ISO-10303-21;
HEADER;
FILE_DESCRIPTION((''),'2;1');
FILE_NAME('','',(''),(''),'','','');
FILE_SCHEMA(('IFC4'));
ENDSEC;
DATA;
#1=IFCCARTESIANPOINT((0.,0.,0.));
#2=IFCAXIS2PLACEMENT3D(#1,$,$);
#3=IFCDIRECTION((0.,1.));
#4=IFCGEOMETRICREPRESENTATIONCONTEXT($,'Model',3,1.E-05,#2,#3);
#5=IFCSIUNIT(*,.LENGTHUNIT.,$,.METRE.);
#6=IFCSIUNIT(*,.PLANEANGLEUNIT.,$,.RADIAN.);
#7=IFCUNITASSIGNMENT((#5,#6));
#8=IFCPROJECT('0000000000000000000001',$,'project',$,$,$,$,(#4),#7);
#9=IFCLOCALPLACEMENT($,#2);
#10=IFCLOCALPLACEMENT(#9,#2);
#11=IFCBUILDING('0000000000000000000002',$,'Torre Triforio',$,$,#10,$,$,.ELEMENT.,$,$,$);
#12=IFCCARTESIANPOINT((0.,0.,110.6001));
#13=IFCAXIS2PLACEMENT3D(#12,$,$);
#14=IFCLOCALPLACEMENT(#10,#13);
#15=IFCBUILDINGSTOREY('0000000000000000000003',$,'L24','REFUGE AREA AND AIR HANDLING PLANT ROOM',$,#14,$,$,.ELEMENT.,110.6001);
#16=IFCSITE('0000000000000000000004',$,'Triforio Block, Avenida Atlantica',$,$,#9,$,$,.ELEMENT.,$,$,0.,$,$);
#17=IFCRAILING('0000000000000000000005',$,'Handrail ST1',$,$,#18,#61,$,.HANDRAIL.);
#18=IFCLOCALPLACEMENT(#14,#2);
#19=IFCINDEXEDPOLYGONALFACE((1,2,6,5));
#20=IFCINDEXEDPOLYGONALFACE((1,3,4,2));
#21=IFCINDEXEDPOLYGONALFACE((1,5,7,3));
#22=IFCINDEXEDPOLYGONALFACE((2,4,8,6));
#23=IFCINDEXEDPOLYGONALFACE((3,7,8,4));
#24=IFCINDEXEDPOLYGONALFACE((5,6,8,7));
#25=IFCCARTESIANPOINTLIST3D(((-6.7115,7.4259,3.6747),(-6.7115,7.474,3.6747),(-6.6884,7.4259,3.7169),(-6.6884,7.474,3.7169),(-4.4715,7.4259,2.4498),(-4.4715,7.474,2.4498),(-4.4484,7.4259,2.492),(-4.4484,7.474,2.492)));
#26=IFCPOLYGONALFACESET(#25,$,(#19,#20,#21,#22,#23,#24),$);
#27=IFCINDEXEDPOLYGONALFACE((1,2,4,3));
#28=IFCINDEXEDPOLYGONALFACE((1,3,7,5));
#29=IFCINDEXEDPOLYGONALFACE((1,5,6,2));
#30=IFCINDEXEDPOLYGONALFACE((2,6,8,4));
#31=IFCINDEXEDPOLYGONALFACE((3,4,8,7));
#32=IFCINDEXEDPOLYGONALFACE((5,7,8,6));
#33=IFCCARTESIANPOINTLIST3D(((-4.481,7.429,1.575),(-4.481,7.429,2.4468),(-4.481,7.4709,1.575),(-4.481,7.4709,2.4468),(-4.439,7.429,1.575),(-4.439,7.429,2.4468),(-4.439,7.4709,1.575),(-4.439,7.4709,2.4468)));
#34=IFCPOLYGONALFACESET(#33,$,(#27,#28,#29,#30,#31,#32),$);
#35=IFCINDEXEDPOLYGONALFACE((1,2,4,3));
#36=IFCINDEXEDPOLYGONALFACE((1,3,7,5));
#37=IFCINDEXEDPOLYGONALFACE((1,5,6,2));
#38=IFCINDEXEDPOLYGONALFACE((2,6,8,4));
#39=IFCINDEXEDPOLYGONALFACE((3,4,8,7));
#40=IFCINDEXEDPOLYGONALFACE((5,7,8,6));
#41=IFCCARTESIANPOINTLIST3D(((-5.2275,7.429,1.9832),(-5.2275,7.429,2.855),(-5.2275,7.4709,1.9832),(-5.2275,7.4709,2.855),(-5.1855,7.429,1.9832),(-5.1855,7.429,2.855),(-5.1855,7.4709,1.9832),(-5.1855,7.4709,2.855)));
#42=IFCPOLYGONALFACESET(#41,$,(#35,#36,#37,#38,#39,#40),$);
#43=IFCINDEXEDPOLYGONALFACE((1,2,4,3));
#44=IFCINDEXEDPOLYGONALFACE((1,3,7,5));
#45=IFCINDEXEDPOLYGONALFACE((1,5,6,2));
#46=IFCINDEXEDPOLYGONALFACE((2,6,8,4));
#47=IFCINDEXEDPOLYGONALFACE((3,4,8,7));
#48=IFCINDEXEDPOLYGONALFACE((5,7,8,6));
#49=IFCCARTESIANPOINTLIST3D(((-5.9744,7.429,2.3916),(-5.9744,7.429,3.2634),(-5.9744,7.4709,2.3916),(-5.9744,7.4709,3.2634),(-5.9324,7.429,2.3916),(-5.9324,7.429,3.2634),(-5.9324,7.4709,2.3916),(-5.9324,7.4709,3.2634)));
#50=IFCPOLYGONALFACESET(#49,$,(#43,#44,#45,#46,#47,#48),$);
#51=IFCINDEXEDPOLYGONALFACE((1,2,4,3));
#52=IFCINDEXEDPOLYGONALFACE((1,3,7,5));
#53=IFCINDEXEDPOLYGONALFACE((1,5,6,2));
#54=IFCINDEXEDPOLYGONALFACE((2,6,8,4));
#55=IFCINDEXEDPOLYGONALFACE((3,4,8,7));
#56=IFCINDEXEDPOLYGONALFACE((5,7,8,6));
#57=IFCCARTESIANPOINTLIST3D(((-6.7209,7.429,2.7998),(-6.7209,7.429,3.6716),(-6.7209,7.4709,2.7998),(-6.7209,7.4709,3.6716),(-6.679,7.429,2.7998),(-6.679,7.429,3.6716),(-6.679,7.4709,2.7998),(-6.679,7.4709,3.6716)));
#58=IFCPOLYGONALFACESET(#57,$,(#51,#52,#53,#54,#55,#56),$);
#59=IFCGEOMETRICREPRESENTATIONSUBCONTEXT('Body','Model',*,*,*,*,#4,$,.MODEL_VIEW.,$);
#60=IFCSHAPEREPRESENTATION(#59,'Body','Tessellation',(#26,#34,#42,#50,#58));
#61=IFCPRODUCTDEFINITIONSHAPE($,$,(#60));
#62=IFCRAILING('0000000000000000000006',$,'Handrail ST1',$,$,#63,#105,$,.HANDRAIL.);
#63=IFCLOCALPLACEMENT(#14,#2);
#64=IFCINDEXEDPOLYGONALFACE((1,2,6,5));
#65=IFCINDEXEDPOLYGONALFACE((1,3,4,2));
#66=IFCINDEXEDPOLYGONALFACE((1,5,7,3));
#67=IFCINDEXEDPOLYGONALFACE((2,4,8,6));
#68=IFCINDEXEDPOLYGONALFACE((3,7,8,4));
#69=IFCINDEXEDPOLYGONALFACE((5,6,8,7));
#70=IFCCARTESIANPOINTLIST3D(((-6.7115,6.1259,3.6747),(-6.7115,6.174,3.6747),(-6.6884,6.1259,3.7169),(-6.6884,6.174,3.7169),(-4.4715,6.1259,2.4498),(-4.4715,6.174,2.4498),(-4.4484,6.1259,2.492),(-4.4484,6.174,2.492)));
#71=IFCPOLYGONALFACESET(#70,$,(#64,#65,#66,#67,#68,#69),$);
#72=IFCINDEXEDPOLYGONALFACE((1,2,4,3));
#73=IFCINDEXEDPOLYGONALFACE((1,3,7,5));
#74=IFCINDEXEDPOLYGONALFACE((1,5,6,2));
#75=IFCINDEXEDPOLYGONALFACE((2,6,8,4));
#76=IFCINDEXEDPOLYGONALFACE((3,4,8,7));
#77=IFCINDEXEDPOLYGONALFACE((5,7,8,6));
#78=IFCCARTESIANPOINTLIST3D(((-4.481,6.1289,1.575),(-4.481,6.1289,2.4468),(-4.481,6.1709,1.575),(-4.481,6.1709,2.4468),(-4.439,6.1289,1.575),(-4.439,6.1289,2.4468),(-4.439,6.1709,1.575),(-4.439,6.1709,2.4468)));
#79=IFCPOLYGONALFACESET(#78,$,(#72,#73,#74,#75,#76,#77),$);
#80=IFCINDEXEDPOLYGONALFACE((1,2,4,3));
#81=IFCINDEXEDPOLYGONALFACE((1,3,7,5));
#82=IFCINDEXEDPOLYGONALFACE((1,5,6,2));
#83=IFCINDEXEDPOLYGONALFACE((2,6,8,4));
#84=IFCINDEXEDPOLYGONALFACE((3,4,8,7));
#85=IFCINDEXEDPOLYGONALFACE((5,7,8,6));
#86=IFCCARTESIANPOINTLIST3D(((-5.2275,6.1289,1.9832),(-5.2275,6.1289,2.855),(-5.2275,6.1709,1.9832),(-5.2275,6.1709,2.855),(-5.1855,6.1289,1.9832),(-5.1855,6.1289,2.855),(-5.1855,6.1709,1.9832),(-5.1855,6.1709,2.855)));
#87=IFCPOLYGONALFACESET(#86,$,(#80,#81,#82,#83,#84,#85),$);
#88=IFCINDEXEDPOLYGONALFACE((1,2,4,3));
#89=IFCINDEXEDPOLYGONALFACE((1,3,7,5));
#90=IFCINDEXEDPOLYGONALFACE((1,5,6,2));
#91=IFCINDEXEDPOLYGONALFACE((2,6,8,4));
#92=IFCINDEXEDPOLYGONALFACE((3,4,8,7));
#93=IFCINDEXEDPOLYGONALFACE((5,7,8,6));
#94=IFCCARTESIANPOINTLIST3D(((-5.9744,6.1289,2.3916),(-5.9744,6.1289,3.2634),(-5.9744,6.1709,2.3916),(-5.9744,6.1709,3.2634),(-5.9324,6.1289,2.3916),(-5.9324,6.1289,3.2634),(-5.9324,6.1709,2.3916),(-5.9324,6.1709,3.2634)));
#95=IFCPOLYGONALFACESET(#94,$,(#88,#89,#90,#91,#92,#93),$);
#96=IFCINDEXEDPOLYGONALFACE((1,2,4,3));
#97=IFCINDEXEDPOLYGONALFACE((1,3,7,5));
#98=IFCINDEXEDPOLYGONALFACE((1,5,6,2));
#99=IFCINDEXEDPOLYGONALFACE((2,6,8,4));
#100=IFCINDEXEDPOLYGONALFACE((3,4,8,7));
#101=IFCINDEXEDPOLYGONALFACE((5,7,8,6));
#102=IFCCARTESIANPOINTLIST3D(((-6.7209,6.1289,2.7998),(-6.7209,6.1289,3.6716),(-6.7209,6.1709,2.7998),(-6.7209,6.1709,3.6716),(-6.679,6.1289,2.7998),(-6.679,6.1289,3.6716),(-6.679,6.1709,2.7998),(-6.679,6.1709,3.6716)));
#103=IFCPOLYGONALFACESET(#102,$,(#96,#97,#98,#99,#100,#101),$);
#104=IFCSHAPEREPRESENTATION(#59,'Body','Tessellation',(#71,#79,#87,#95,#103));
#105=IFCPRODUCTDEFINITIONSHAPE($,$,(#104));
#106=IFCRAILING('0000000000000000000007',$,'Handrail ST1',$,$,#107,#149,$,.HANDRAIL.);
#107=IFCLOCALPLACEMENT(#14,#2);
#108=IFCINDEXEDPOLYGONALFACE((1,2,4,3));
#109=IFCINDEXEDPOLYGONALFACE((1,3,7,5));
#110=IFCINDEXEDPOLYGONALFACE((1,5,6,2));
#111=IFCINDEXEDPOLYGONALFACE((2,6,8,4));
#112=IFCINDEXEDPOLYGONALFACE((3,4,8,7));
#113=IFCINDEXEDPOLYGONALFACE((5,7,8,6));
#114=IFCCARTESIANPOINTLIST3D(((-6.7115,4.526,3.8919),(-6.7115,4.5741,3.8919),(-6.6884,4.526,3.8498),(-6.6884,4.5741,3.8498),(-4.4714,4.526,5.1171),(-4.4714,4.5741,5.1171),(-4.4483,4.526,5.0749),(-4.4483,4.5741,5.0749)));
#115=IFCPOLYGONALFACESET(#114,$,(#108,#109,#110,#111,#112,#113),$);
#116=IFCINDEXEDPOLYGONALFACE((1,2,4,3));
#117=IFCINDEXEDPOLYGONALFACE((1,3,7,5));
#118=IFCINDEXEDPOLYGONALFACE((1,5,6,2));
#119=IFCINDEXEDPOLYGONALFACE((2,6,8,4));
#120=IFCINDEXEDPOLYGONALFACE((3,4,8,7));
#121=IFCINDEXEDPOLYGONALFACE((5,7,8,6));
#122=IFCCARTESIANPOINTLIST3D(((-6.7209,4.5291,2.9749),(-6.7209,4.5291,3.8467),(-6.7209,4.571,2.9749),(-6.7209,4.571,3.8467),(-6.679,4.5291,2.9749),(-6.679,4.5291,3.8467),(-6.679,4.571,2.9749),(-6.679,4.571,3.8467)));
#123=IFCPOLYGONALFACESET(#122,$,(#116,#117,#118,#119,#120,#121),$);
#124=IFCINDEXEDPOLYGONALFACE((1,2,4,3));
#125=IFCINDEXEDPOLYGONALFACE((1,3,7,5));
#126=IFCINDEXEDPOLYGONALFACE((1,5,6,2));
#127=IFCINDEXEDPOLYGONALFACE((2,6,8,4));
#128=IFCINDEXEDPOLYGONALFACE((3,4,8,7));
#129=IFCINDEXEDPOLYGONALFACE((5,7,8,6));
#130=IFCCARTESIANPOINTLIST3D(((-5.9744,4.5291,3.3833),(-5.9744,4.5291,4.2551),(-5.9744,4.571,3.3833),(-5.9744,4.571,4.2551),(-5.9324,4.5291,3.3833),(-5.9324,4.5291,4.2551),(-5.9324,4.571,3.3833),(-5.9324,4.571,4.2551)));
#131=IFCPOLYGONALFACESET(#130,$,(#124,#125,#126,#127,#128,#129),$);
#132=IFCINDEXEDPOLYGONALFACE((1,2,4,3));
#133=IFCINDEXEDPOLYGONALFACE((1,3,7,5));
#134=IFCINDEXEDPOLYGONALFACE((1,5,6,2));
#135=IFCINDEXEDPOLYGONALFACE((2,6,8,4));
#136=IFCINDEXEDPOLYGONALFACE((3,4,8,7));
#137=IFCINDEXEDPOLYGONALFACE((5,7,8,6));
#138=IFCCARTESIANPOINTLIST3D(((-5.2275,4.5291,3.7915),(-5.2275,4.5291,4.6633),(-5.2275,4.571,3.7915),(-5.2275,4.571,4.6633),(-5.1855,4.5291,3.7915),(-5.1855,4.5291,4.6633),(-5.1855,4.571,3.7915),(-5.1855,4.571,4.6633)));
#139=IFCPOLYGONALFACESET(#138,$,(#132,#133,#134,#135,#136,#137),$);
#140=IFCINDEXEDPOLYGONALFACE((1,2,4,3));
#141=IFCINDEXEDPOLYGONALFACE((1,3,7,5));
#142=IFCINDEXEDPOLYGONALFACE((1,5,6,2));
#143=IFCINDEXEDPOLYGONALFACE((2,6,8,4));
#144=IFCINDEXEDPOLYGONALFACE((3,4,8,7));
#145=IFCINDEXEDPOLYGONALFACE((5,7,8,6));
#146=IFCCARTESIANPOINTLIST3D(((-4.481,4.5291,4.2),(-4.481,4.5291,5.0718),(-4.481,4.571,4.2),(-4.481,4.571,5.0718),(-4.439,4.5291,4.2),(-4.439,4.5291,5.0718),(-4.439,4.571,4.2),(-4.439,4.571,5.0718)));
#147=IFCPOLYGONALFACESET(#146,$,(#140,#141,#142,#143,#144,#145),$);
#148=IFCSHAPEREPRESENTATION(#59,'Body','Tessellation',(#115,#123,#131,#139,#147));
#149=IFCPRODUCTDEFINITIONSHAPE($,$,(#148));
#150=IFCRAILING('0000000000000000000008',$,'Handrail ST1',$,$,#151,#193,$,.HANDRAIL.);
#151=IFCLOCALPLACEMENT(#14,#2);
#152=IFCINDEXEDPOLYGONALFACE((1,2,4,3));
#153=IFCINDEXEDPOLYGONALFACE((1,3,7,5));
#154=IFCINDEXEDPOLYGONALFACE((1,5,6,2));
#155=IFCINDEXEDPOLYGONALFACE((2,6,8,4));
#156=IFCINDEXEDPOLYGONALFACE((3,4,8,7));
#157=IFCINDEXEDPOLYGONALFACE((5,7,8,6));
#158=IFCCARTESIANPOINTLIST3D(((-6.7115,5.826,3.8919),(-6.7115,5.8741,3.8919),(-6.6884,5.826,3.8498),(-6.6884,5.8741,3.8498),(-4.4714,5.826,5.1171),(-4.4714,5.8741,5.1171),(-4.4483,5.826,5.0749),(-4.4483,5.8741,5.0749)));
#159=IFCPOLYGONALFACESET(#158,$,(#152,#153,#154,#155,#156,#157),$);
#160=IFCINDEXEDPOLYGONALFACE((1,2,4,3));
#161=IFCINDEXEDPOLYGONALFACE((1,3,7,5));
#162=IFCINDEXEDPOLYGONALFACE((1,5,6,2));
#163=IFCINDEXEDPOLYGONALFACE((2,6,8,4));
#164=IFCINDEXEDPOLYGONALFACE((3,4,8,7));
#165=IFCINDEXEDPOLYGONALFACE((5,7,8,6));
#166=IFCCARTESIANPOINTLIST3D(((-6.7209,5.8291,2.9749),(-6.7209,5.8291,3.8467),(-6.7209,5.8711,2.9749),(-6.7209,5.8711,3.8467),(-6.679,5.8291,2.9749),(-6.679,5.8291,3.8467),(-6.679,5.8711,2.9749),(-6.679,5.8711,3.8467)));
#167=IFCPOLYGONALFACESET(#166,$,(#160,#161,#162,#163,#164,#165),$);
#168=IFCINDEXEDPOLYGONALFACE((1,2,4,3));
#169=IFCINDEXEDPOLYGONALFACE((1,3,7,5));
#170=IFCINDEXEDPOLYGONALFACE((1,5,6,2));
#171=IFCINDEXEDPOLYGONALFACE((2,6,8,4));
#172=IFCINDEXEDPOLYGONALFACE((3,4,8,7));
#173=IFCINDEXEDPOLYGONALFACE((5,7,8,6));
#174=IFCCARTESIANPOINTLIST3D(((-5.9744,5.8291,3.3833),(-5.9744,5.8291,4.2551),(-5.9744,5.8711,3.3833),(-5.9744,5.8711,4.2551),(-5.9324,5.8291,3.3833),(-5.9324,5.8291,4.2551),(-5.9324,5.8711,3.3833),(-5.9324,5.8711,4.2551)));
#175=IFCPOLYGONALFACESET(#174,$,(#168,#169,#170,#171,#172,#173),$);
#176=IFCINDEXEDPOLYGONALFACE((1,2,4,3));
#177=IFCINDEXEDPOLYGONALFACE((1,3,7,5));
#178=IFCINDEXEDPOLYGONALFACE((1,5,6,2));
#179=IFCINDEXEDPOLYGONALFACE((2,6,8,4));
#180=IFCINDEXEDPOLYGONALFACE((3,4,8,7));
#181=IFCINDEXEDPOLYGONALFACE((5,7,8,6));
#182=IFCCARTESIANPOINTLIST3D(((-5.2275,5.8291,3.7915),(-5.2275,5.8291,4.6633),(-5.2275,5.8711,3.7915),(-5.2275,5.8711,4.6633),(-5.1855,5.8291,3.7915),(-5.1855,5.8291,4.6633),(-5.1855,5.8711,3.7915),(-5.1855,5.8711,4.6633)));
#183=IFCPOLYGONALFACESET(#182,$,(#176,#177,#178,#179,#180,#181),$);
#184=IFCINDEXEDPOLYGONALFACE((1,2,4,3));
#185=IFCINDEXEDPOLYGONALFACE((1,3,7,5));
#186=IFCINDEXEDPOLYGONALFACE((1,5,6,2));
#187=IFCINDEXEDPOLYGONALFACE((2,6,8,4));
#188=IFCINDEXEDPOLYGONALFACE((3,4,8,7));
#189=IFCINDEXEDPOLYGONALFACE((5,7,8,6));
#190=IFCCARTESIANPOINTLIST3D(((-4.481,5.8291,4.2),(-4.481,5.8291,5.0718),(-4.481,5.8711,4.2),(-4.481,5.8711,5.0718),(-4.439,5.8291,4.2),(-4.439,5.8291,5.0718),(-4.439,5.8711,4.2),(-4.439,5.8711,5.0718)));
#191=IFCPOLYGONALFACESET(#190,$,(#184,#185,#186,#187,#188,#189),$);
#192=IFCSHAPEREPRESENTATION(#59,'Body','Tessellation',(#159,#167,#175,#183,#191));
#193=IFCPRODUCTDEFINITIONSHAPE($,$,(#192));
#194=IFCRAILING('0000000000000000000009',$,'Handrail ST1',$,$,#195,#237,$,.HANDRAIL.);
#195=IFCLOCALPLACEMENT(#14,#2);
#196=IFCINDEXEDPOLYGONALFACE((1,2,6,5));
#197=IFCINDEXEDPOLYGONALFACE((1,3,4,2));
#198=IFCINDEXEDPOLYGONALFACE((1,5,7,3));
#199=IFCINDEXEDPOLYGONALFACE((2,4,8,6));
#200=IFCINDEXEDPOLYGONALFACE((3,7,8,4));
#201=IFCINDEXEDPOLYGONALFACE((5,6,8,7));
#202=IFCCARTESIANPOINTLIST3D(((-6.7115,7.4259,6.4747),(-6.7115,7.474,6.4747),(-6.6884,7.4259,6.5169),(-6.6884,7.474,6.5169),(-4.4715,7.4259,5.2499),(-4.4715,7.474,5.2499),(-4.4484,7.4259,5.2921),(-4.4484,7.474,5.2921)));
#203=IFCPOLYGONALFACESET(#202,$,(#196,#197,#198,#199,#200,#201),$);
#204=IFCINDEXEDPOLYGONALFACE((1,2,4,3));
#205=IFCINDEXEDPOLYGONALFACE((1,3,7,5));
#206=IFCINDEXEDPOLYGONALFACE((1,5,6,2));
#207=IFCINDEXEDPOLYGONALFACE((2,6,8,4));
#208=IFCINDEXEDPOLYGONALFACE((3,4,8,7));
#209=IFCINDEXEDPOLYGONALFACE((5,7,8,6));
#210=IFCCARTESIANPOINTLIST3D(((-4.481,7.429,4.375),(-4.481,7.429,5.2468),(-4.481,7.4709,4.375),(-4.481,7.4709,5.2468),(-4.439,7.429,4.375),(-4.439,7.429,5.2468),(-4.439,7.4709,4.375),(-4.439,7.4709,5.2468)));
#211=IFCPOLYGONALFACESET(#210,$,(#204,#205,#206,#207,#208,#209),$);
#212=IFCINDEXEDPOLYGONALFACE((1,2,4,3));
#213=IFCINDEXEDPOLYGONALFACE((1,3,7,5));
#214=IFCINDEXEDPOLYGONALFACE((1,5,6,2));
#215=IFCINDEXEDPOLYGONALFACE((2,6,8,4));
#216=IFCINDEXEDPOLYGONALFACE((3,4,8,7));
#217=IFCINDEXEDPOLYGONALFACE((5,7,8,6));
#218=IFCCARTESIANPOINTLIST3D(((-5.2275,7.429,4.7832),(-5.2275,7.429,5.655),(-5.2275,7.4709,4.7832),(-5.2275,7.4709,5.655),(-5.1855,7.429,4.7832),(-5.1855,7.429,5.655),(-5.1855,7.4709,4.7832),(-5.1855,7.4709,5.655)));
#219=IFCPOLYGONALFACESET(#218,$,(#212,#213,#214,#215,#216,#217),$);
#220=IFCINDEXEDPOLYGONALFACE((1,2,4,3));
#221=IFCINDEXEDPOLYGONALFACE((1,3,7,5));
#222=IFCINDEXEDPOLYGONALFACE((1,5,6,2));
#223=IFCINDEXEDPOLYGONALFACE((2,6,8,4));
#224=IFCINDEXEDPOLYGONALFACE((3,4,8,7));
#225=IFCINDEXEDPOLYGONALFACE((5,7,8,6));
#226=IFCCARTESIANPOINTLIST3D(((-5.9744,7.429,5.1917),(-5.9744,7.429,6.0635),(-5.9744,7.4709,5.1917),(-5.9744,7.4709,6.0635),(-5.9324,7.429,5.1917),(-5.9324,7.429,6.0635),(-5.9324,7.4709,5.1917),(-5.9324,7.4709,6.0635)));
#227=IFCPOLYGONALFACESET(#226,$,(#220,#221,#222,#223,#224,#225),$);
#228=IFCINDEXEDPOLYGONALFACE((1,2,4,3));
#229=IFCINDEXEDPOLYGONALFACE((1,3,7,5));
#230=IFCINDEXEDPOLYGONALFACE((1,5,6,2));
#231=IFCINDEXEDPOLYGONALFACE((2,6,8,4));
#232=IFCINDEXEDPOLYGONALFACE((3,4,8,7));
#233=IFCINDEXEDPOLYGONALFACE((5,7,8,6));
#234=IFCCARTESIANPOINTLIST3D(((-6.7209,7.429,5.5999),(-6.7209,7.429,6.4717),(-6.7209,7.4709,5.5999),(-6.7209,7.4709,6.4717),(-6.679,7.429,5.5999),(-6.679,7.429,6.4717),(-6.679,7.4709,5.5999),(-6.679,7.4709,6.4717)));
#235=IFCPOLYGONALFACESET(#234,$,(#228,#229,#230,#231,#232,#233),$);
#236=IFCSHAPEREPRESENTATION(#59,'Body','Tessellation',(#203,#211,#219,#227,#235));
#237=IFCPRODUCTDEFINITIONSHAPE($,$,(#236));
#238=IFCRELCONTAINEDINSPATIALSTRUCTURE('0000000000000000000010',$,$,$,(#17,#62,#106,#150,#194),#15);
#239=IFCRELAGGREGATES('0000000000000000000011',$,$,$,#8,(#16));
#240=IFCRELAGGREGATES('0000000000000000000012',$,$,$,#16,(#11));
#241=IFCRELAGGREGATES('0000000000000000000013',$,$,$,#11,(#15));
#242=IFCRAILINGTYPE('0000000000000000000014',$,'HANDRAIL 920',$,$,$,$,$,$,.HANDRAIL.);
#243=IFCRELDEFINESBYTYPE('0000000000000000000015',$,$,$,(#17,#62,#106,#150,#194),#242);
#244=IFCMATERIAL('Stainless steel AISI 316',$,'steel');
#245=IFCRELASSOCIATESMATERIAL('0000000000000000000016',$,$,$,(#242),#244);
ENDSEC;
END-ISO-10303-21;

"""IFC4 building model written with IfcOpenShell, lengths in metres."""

from ifc_helpers import new_model, si_unit, direction, frame, origin, origin_2d, place, context, subcontext, project, spatial, rectangle, extrude, material, type_object, element, save


model = new_model("IFC4")

# Units and contexts
model_context = context("Model", 3, precision=1e-05, world=origin(), true_north=direction((0.0, 1.0)))
body_context = subcontext(model_context, "Body", "Model", "MODEL_VIEW")
ifc_project = project(units=[si_unit("LENGTHUNIT", "METRE"), si_unit("PLANEANGLEUNIT", "RADIAN")], contexts=[model_context])

# Site, building, storey
site_placement = place(None, origin())
site = spatial("IfcSite", under=ifc_project, at=site_placement, Name="Triforio Block, Avenida Atlantica", CompositionType="ELEMENT", RefElevation=0.0)
building_placement = place(site_placement, origin())
building = spatial("IfcBuilding", under=site, at=building_placement, Name="Torre Triforio", CompositionType="ELEMENT")
storey_placement = place(building_placement, frame((0.0, 0.0, 110.6001)))
storey = spatial("IfcBuildingStorey", under=building, at=storey_placement, Name="L24", Description="REFUGE AREA AND AIR HANDLING PLANT ROOM", CompositionType="ELEMENT", Elevation=110.6001)

# Railings
ifc_material_1 = material(Name="Stainless steel AISI 316", Category="steel")
railing_type = type_object("IfcRailingType", Name="HANDRAIL 920", PredefinedType="HANDRAIL", material=ifc_material_1)
for number, where, name in (
    (1, (-4.46, 7.45, 1.575), "Handrail ST1"),
    (2, (-4.46, 6.1499, 1.575), "Handrail ST1"),
):
    element("IfcRailing", number, at=place(storey_placement, frame(where)), inside=storey, type_object=railing_type, Name=name, PredefinedType="HANDRAIL", context=body_context, shape_type="SweptSolid", body=[
        extrude(rectangle(XDim=0.0481, YDim=0.0481, at=origin_2d()), frame((0.0, 0.0, 0.896), z_axis=(-0.877394, 0.0, 0.47977), x_axis=(0.0, -1.0, 0.0)), (0.0, 0.0, 1.0), 2.553),
        extrude(rectangle(XDim=0.042, YDim=0.042, at=origin_2d()), origin(), (0.0, 0.0, 1.0), 0.8718),
        extrude(rectangle(XDim=0.042, YDim=0.042, at=origin_2d()), frame((-0.7466, 0.0, 0.4082)), (0.0, 0.0, 1.0), 0.8718),
        extrude(rectangle(XDim=0.042, YDim=0.042, at=origin_2d()), frame((-1.4934, 0.0, 0.8167)), (0.0, 0.0, 1.0), 0.8718),
        extrude(rectangle(XDim=0.042, YDim=0.042, at=origin_2d()), frame((-2.24, 0.0, 1.2249)), (0.0, 0.0, 1.0), 0.8718),
    ])
for number, where, name in (
    (3, (-6.7, 4.55, 2.9749), "Handrail ST1"),
    (4, (-6.7, 5.8501, 2.9749), "Handrail ST1"),
):
    element("IfcRailing", number, at=place(storey_placement, frame(where)), inside=storey, type_object=railing_type, Name=name, PredefinedType="HANDRAIL", context=body_context, shape_type="SweptSolid", body=[
        extrude(rectangle(XDim=0.0481, YDim=0.0481, at=origin_2d()), frame((0.0, 0.0, 0.896), z_axis=(0.877354, 0.0, 0.479843), x_axis=(0.0, 1.0, 0.0)), (0.0, 0.0, 1.0), 2.5532),
        extrude(rectangle(XDim=0.042, YDim=0.042, at=origin_2d()), origin(), (0.0, 0.0, 1.0), 0.8718),
        extrude(rectangle(XDim=0.042, YDim=0.042, at=origin_2d()), frame((0.7466, 0.0, 0.4084)), (0.0, 0.0, 1.0), 0.8718),
        extrude(rectangle(XDim=0.042, YDim=0.042, at=origin_2d()), frame((1.4934, 0.0, 0.8167)), (0.0, 0.0, 1.0), 0.8718),
        extrude(rectangle(XDim=0.042, YDim=0.042, at=origin_2d()), frame((2.24, 0.0, 1.2251)), (0.0, 0.0, 1.0), 0.8718),
    ])
for number, where, name in (
    (5, (-4.46, 7.45, 4.375), "Handrail ST1"),
):
    element("IfcRailing", number, at=place(storey_placement, frame(where)), inside=storey, type_object=railing_type, Name=name, PredefinedType="HANDRAIL", context=body_context, shape_type="SweptSolid", body=[
        extrude(rectangle(XDim=0.0481, YDim=0.0481, at=origin_2d()), frame((0.0, 0.0, 0.896), z_axis=(-0.877394, 0.0, 0.47977), x_axis=(0.0, -1.0, 0.0)), (0.0, 0.0, 1.0), 2.553),
        extrude(rectangle(XDim=0.042, YDim=0.042, at=origin_2d()), origin(), (0.0, 0.0, 1.0), 0.8718),
        extrude(rectangle(XDim=0.042, YDim=0.042, at=origin_2d()), frame((-0.7466, 0.0, 0.4082)), (0.0, 0.0, 1.0), 0.8718),
        extrude(rectangle(XDim=0.042, YDim=0.042, at=origin_2d()), frame((-1.4934, 0.0, 0.8167)), (0.0, 0.0, 1.0), 0.8718),
        extrude(rectangle(XDim=0.042, YDim=0.042, at=origin_2d()), frame((-2.24, 0.0, 1.2249)), (0.0, 0.0, 1.0), 0.8718),
    ])

save(model, "model.ifc")
